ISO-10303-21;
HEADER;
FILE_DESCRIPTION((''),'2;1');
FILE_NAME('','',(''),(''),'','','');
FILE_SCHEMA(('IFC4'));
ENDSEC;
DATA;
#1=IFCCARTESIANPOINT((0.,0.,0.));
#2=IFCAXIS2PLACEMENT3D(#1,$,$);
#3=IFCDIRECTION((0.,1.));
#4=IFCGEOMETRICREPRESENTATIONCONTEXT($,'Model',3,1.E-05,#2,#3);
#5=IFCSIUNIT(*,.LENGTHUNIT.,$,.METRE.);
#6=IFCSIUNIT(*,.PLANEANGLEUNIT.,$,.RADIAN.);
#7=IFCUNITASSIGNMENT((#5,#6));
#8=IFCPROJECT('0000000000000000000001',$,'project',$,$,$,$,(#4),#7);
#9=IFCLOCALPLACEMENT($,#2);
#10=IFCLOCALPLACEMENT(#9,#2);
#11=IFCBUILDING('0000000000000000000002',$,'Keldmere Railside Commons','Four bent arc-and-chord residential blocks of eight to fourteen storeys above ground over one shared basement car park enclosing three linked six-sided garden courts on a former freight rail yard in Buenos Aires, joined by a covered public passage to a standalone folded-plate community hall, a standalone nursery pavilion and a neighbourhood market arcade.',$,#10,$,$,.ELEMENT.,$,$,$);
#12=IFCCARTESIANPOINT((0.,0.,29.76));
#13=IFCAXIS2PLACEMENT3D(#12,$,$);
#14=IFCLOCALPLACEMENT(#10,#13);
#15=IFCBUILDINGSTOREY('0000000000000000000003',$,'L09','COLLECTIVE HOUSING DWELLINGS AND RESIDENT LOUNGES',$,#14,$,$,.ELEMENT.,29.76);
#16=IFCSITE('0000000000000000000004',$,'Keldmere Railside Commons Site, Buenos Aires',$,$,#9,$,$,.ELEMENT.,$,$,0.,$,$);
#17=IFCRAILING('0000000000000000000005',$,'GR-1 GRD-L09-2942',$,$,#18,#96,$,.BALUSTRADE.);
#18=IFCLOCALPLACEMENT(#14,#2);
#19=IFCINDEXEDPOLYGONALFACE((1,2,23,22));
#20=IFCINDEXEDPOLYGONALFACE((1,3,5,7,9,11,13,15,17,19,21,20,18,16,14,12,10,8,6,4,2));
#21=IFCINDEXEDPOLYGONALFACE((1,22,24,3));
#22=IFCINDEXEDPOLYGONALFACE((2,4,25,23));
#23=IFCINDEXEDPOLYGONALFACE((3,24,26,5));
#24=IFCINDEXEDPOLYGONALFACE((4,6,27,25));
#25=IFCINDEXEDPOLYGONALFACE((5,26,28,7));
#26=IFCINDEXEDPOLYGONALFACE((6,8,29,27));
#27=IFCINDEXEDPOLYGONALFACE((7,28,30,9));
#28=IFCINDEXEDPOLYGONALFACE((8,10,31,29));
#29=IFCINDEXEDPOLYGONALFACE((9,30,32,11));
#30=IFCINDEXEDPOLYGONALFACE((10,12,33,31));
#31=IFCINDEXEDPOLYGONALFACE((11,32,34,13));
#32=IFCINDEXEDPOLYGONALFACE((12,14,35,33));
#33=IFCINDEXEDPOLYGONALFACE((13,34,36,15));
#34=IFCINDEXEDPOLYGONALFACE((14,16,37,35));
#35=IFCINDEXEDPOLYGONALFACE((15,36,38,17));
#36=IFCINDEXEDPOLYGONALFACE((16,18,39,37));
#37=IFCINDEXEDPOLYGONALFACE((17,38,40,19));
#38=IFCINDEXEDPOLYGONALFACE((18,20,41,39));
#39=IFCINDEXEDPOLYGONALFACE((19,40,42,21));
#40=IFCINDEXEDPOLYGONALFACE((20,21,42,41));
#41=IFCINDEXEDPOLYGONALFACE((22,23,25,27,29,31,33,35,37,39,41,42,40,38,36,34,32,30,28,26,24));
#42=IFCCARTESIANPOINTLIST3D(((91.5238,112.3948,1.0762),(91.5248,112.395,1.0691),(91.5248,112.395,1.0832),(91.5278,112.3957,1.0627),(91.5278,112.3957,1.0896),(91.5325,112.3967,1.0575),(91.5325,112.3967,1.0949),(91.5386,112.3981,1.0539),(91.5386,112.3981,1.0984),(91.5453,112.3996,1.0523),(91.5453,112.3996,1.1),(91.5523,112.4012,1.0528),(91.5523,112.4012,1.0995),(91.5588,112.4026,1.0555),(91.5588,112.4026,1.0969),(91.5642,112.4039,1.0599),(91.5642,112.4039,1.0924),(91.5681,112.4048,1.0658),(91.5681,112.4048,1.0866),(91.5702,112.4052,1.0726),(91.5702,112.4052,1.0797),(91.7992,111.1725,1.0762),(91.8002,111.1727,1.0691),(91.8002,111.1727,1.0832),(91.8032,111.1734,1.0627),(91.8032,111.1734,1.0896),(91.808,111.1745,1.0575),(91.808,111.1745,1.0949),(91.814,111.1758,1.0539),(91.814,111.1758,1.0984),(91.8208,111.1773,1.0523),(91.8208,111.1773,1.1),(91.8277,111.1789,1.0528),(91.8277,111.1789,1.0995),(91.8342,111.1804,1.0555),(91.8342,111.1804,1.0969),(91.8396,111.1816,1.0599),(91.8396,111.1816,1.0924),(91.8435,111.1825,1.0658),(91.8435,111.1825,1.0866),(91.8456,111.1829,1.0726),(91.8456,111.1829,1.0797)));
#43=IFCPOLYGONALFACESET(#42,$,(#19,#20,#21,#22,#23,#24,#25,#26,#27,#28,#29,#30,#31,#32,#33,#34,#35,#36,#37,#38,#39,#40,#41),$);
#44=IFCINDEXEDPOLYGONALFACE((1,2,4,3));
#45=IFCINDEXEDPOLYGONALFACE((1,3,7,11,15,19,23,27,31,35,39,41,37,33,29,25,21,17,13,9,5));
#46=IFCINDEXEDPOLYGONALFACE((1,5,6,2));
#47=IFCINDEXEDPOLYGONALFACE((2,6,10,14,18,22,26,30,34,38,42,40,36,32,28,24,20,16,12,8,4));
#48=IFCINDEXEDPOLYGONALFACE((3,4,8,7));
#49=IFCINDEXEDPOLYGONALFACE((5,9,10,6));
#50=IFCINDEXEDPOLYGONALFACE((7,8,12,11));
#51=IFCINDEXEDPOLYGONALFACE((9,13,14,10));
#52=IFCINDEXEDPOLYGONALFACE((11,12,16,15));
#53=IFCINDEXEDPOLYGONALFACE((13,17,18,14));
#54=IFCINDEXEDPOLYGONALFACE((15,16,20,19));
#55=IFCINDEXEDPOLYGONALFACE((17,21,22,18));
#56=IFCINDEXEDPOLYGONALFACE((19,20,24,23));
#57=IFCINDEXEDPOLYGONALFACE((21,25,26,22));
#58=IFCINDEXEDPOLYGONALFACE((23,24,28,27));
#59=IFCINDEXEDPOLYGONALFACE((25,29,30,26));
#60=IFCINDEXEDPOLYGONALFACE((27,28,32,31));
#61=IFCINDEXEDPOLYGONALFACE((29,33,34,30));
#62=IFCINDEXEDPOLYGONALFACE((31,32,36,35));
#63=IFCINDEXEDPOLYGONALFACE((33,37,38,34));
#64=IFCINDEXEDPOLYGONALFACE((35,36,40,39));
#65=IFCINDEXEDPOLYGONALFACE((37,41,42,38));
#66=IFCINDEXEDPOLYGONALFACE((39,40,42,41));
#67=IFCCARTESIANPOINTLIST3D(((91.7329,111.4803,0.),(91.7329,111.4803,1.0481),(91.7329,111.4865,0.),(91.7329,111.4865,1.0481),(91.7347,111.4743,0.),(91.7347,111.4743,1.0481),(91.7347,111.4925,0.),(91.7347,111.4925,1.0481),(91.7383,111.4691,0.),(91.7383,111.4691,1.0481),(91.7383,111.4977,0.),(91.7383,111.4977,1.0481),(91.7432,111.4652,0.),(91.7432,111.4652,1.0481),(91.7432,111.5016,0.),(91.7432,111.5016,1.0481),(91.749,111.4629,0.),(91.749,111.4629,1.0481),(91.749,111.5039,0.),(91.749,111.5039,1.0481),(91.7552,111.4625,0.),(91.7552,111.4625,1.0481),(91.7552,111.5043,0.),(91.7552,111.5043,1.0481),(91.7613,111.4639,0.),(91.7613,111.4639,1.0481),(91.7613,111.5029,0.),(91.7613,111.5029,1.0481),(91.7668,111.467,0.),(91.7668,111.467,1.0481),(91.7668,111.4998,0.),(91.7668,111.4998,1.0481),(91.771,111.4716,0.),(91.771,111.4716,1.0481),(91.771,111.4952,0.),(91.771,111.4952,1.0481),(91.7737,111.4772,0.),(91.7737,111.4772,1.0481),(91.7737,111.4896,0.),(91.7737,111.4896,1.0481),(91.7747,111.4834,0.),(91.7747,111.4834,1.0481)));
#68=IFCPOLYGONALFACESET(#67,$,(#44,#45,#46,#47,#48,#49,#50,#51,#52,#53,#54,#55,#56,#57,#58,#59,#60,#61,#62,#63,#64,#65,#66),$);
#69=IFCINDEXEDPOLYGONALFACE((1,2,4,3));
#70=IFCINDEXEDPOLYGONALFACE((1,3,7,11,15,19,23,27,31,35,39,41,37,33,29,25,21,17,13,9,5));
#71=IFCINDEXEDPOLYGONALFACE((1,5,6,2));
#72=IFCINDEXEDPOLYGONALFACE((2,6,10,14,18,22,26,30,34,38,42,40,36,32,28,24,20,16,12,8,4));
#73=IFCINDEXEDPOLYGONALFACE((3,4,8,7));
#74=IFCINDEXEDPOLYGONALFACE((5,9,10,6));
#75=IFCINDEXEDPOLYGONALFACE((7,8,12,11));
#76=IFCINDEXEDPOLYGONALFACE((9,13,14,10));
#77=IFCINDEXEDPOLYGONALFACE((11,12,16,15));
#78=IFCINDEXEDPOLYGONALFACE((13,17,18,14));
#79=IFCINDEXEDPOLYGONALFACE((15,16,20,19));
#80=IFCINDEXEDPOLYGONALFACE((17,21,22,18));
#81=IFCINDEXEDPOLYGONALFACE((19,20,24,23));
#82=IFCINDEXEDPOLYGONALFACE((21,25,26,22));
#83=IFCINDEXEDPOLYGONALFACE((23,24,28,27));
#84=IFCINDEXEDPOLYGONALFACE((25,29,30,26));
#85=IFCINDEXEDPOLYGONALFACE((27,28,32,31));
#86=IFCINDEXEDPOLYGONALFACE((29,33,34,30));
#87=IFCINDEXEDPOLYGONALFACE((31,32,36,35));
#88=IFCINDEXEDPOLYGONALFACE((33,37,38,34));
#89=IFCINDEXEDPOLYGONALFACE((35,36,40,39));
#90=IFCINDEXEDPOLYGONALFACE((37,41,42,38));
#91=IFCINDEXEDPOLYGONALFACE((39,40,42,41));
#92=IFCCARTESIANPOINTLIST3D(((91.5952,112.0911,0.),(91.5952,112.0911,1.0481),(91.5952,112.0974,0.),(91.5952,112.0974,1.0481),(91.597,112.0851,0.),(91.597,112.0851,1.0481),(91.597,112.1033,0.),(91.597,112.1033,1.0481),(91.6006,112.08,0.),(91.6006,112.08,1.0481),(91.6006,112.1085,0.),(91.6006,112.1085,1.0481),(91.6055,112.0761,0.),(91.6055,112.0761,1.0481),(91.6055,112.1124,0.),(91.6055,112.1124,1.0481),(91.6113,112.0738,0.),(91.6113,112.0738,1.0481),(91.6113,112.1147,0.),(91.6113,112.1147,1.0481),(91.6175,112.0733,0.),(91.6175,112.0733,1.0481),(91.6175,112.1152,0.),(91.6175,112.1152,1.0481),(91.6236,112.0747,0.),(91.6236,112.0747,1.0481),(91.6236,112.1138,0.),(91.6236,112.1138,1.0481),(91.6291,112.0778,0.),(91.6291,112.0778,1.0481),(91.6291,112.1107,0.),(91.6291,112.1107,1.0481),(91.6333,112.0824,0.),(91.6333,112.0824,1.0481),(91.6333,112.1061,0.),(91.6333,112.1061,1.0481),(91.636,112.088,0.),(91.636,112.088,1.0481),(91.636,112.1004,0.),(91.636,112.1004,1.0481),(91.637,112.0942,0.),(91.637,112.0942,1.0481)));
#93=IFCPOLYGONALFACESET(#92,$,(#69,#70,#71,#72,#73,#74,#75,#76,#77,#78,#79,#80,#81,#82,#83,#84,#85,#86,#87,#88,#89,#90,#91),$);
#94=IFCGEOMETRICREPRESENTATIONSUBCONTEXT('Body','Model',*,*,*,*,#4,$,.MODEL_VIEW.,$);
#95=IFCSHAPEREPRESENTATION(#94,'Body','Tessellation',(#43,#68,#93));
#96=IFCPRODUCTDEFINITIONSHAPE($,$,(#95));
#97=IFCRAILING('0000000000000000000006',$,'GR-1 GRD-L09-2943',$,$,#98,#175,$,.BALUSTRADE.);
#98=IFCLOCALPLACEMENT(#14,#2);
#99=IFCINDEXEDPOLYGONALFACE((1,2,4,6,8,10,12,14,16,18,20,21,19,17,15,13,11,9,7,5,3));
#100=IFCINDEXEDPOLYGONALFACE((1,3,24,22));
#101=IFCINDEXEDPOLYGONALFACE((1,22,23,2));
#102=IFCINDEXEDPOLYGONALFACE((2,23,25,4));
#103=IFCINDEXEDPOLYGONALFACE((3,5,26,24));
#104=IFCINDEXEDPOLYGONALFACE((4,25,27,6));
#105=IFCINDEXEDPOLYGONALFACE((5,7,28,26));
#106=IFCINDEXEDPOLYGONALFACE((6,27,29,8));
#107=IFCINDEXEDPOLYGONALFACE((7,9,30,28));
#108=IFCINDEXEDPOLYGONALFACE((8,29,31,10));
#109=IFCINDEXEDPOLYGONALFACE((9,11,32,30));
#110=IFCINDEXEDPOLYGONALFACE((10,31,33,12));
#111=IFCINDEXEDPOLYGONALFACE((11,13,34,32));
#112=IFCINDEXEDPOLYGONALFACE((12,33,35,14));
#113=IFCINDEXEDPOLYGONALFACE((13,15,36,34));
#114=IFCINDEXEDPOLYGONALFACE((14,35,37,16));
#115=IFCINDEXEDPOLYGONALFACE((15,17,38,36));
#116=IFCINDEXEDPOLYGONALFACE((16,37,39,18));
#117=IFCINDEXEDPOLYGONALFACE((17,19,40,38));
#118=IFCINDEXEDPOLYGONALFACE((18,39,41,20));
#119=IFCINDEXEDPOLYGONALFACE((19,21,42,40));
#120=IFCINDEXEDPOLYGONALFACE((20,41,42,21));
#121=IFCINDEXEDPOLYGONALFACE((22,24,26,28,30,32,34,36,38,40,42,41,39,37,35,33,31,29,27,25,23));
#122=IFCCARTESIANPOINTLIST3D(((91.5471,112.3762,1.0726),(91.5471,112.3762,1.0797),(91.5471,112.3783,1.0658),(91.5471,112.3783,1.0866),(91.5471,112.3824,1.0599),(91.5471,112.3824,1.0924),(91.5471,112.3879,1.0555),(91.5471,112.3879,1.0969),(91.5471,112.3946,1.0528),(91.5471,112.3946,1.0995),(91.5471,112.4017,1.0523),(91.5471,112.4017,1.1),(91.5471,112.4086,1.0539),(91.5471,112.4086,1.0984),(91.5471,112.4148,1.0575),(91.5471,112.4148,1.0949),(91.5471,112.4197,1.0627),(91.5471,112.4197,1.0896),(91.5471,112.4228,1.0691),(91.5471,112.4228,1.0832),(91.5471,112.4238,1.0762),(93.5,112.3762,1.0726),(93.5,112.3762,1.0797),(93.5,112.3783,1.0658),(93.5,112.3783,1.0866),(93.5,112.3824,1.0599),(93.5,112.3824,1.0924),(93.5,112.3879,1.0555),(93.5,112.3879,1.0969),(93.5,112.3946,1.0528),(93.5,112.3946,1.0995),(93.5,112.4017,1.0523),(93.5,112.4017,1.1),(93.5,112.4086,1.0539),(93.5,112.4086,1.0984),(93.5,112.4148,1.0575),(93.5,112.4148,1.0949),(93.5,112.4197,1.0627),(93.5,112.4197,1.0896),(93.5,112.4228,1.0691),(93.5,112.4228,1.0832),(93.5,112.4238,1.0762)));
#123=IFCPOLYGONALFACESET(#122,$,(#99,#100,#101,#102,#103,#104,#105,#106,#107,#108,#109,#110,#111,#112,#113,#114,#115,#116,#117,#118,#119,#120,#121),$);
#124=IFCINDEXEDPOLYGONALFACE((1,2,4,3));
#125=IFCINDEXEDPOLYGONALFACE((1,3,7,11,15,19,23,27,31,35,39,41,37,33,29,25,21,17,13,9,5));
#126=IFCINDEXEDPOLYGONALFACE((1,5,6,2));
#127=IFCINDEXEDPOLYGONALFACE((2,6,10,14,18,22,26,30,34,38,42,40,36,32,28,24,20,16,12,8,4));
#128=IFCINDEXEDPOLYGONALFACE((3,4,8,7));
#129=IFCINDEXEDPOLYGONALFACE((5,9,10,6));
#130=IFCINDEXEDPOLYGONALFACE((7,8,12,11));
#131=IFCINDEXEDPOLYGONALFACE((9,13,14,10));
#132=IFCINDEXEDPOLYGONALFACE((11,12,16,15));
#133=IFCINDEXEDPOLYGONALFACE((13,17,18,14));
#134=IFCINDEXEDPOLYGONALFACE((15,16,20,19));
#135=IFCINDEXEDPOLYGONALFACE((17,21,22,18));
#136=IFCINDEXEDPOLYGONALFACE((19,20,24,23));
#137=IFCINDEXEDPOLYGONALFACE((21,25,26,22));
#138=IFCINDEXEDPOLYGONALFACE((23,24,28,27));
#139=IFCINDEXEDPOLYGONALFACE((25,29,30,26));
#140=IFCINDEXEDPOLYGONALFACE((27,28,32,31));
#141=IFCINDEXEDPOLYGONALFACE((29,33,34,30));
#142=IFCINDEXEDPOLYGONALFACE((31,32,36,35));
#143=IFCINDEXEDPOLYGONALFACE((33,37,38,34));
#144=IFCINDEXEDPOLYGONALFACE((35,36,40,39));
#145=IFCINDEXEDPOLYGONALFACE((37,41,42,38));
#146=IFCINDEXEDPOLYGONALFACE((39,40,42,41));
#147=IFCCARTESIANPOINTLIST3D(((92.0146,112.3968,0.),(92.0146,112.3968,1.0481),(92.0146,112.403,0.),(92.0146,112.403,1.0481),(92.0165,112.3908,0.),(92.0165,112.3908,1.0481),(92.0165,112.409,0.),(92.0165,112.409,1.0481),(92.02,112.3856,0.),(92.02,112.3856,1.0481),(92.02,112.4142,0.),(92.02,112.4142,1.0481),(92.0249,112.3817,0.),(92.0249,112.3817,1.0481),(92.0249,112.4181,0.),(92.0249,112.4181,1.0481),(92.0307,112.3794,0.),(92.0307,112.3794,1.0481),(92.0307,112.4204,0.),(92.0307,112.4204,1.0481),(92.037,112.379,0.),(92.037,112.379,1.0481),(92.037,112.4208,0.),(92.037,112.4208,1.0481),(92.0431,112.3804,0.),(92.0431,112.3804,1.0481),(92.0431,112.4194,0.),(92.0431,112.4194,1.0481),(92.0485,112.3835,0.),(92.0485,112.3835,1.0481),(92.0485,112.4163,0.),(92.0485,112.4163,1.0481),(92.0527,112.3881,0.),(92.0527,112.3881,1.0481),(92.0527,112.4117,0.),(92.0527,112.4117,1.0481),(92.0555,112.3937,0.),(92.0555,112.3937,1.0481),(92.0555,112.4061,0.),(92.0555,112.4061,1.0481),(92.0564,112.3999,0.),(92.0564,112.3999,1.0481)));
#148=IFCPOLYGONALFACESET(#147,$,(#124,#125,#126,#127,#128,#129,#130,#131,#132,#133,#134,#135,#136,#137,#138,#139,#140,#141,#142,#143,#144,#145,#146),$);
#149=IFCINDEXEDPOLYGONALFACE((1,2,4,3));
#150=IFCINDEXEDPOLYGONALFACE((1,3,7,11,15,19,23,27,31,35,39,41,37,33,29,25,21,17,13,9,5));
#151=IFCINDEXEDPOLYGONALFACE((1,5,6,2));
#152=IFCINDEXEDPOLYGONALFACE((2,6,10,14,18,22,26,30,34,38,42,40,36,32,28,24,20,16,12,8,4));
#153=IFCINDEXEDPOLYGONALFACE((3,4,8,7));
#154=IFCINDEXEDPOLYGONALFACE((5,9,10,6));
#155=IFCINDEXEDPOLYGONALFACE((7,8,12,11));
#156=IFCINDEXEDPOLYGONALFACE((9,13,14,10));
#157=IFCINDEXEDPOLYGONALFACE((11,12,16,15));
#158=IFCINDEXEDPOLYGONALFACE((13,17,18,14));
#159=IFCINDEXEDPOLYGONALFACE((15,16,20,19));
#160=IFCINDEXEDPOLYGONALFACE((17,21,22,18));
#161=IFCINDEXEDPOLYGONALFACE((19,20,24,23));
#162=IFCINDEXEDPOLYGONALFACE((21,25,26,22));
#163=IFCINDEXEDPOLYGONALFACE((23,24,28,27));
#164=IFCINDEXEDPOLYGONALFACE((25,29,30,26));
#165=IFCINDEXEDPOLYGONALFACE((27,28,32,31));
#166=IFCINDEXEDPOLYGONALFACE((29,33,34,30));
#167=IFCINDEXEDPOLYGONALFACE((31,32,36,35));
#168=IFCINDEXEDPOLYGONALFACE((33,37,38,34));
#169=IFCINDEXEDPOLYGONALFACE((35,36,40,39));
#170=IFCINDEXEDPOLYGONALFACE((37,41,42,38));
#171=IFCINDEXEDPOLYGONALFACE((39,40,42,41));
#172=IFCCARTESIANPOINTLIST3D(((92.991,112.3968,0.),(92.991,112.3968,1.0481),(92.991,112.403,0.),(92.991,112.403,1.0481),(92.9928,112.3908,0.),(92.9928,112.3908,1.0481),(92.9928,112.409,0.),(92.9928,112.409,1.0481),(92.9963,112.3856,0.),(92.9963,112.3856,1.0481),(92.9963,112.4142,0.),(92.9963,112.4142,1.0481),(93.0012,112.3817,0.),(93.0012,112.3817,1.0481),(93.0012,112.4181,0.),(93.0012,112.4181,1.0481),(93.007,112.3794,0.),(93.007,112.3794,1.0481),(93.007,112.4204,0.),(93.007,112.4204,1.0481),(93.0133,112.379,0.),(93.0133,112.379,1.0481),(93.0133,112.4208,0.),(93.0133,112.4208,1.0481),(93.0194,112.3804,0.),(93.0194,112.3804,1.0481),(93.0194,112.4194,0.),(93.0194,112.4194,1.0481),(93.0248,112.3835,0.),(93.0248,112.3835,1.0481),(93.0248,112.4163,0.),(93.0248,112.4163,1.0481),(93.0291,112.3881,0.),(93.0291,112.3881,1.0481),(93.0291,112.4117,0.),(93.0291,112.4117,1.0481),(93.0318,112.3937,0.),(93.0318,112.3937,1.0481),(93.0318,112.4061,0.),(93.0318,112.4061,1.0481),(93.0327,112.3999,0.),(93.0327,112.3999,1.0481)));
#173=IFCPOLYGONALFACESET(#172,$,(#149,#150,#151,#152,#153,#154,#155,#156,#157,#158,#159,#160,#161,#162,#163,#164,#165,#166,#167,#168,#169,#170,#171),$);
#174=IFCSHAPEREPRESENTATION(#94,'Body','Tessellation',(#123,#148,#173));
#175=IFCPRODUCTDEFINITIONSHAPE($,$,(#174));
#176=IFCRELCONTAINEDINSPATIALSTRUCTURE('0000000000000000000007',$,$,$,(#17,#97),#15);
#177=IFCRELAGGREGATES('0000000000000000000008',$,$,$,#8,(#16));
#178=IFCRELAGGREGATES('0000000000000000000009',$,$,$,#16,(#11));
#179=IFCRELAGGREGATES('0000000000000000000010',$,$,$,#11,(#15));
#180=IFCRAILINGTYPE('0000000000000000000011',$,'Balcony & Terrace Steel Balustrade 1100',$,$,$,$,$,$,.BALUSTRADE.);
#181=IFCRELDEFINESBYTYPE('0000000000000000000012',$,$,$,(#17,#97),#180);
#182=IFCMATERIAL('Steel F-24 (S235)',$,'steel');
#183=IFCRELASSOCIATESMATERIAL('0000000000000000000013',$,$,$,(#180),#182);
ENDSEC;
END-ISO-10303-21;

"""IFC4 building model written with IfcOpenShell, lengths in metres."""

from ifc_helpers import new_model, si_unit, direction, frame, origin, origin_2d, place, context, subcontext, project, spatial, circle, extrude, material, type_object, element, save


model = new_model("IFC4")

# Units and contexts
model_context = context("Model", 3, precision=1e-05, world=origin(), true_north=direction((0.0, 1.0)))
body_context = subcontext(model_context, "Body", "Model", "MODEL_VIEW")
ifc_project = project(units=[si_unit("LENGTHUNIT", "METRE"), si_unit("PLANEANGLEUNIT", "RADIAN")], contexts=[model_context])

# Site, building, storey
site_placement = place(None, origin())
site = spatial("IfcSite", under=ifc_project, at=site_placement, Name="Keldmere Railside Commons Site, Buenos Aires", CompositionType="ELEMENT", RefElevation=0.0)
building_placement = place(site_placement, origin())
building = spatial("IfcBuilding", under=site, at=building_placement, Name="Keldmere Railside Commons", Description="Four bent arc-and-chord residential blocks of eight to fourteen storeys above ground over one shared basement car park enclosing three linked six-sided garden courts on a former freight rail yard in Buenos Aires, joined by a covered public passage to a standalone folded-plate community hall, a standalone nursery pavilion and a neighbourhood market arcade.", CompositionType="ELEMENT")
storey_placement = place(building_placement, frame((0.0, 0.0, 29.76)))
storey = spatial("IfcBuildingStorey", under=building, at=storey_placement, Name="L09", Description="COLLECTIVE HOUSING DWELLINGS AND RESIDENT LOUNGES", CompositionType="ELEMENT", Elevation=29.76)

# Railings
ifc_material_1 = material(Name="Steel F-24 (S235)", Category="steel")
railing_type = type_object("IfcRailingType", Name="Balcony & Terrace Steel Balustrade 1100", PredefinedType="BALUSTRADE", material=ifc_material_1)
railing_1_placement = place(storey_placement, frame((91.8225, 111.1777, 0.0)))
element("IfcRailing", 1, at=railing_1_placement, inside=storey, type_object=railing_type, Name="GR-1 GRD-L09-2942", PredefinedType="BALUSTRADE", context=body_context, shape_type="SweptSolid", body=[
    extrude(circle(Radius=0.0239, at=origin_2d()), frame((0.0, 0.0, 1.0762), z_axis=(-0.219818, 0.975541, 0.0), x_axis=(-0.975541, -0.219818, 0.0)), (0.0, 0.0, 1.0), 1.2529),
    extrude(circle(Radius=0.021, at=origin_2d()), frame((-0.0688, 0.3057, 0.0)), (0.0, 0.0, 1.0), 1.0481),
    extrude(circle(Radius=0.021, at=origin_2d()), frame((-0.2065, 0.9165, 0.0)), (0.0, 0.0, 1.0), 1.0481),
])
railing_2_placement = place(storey_placement, frame((91.5471, 112.3999, 0.0)))
element("IfcRailing", 2, at=railing_2_placement, inside=storey, type_object=railing_type, Name="GR-1 GRD-L09-2943", PredefinedType="BALUSTRADE", context=body_context, shape_type="SweptSolid", body=[
    extrude(circle(Radius=0.0239, at=origin_2d()), frame((0.0, 0.0, 1.0762), z_axis=(1.0, 0.0, 0.0), x_axis=(0.0, 1.0, 0.0)), (0.0, 0.0, 1.0), 1.9529),
    extrude(circle(Radius=0.021, at=origin_2d()), frame((0.4883, 0.0, 0.0)), (0.0, 0.0, 1.0), 1.0481),
    extrude(circle(Radius=0.021, at=origin_2d()), frame((1.4646, 0.0, 0.0)), (0.0, 0.0, 1.0), 1.0481),
])

save(model, "model.ifc")
